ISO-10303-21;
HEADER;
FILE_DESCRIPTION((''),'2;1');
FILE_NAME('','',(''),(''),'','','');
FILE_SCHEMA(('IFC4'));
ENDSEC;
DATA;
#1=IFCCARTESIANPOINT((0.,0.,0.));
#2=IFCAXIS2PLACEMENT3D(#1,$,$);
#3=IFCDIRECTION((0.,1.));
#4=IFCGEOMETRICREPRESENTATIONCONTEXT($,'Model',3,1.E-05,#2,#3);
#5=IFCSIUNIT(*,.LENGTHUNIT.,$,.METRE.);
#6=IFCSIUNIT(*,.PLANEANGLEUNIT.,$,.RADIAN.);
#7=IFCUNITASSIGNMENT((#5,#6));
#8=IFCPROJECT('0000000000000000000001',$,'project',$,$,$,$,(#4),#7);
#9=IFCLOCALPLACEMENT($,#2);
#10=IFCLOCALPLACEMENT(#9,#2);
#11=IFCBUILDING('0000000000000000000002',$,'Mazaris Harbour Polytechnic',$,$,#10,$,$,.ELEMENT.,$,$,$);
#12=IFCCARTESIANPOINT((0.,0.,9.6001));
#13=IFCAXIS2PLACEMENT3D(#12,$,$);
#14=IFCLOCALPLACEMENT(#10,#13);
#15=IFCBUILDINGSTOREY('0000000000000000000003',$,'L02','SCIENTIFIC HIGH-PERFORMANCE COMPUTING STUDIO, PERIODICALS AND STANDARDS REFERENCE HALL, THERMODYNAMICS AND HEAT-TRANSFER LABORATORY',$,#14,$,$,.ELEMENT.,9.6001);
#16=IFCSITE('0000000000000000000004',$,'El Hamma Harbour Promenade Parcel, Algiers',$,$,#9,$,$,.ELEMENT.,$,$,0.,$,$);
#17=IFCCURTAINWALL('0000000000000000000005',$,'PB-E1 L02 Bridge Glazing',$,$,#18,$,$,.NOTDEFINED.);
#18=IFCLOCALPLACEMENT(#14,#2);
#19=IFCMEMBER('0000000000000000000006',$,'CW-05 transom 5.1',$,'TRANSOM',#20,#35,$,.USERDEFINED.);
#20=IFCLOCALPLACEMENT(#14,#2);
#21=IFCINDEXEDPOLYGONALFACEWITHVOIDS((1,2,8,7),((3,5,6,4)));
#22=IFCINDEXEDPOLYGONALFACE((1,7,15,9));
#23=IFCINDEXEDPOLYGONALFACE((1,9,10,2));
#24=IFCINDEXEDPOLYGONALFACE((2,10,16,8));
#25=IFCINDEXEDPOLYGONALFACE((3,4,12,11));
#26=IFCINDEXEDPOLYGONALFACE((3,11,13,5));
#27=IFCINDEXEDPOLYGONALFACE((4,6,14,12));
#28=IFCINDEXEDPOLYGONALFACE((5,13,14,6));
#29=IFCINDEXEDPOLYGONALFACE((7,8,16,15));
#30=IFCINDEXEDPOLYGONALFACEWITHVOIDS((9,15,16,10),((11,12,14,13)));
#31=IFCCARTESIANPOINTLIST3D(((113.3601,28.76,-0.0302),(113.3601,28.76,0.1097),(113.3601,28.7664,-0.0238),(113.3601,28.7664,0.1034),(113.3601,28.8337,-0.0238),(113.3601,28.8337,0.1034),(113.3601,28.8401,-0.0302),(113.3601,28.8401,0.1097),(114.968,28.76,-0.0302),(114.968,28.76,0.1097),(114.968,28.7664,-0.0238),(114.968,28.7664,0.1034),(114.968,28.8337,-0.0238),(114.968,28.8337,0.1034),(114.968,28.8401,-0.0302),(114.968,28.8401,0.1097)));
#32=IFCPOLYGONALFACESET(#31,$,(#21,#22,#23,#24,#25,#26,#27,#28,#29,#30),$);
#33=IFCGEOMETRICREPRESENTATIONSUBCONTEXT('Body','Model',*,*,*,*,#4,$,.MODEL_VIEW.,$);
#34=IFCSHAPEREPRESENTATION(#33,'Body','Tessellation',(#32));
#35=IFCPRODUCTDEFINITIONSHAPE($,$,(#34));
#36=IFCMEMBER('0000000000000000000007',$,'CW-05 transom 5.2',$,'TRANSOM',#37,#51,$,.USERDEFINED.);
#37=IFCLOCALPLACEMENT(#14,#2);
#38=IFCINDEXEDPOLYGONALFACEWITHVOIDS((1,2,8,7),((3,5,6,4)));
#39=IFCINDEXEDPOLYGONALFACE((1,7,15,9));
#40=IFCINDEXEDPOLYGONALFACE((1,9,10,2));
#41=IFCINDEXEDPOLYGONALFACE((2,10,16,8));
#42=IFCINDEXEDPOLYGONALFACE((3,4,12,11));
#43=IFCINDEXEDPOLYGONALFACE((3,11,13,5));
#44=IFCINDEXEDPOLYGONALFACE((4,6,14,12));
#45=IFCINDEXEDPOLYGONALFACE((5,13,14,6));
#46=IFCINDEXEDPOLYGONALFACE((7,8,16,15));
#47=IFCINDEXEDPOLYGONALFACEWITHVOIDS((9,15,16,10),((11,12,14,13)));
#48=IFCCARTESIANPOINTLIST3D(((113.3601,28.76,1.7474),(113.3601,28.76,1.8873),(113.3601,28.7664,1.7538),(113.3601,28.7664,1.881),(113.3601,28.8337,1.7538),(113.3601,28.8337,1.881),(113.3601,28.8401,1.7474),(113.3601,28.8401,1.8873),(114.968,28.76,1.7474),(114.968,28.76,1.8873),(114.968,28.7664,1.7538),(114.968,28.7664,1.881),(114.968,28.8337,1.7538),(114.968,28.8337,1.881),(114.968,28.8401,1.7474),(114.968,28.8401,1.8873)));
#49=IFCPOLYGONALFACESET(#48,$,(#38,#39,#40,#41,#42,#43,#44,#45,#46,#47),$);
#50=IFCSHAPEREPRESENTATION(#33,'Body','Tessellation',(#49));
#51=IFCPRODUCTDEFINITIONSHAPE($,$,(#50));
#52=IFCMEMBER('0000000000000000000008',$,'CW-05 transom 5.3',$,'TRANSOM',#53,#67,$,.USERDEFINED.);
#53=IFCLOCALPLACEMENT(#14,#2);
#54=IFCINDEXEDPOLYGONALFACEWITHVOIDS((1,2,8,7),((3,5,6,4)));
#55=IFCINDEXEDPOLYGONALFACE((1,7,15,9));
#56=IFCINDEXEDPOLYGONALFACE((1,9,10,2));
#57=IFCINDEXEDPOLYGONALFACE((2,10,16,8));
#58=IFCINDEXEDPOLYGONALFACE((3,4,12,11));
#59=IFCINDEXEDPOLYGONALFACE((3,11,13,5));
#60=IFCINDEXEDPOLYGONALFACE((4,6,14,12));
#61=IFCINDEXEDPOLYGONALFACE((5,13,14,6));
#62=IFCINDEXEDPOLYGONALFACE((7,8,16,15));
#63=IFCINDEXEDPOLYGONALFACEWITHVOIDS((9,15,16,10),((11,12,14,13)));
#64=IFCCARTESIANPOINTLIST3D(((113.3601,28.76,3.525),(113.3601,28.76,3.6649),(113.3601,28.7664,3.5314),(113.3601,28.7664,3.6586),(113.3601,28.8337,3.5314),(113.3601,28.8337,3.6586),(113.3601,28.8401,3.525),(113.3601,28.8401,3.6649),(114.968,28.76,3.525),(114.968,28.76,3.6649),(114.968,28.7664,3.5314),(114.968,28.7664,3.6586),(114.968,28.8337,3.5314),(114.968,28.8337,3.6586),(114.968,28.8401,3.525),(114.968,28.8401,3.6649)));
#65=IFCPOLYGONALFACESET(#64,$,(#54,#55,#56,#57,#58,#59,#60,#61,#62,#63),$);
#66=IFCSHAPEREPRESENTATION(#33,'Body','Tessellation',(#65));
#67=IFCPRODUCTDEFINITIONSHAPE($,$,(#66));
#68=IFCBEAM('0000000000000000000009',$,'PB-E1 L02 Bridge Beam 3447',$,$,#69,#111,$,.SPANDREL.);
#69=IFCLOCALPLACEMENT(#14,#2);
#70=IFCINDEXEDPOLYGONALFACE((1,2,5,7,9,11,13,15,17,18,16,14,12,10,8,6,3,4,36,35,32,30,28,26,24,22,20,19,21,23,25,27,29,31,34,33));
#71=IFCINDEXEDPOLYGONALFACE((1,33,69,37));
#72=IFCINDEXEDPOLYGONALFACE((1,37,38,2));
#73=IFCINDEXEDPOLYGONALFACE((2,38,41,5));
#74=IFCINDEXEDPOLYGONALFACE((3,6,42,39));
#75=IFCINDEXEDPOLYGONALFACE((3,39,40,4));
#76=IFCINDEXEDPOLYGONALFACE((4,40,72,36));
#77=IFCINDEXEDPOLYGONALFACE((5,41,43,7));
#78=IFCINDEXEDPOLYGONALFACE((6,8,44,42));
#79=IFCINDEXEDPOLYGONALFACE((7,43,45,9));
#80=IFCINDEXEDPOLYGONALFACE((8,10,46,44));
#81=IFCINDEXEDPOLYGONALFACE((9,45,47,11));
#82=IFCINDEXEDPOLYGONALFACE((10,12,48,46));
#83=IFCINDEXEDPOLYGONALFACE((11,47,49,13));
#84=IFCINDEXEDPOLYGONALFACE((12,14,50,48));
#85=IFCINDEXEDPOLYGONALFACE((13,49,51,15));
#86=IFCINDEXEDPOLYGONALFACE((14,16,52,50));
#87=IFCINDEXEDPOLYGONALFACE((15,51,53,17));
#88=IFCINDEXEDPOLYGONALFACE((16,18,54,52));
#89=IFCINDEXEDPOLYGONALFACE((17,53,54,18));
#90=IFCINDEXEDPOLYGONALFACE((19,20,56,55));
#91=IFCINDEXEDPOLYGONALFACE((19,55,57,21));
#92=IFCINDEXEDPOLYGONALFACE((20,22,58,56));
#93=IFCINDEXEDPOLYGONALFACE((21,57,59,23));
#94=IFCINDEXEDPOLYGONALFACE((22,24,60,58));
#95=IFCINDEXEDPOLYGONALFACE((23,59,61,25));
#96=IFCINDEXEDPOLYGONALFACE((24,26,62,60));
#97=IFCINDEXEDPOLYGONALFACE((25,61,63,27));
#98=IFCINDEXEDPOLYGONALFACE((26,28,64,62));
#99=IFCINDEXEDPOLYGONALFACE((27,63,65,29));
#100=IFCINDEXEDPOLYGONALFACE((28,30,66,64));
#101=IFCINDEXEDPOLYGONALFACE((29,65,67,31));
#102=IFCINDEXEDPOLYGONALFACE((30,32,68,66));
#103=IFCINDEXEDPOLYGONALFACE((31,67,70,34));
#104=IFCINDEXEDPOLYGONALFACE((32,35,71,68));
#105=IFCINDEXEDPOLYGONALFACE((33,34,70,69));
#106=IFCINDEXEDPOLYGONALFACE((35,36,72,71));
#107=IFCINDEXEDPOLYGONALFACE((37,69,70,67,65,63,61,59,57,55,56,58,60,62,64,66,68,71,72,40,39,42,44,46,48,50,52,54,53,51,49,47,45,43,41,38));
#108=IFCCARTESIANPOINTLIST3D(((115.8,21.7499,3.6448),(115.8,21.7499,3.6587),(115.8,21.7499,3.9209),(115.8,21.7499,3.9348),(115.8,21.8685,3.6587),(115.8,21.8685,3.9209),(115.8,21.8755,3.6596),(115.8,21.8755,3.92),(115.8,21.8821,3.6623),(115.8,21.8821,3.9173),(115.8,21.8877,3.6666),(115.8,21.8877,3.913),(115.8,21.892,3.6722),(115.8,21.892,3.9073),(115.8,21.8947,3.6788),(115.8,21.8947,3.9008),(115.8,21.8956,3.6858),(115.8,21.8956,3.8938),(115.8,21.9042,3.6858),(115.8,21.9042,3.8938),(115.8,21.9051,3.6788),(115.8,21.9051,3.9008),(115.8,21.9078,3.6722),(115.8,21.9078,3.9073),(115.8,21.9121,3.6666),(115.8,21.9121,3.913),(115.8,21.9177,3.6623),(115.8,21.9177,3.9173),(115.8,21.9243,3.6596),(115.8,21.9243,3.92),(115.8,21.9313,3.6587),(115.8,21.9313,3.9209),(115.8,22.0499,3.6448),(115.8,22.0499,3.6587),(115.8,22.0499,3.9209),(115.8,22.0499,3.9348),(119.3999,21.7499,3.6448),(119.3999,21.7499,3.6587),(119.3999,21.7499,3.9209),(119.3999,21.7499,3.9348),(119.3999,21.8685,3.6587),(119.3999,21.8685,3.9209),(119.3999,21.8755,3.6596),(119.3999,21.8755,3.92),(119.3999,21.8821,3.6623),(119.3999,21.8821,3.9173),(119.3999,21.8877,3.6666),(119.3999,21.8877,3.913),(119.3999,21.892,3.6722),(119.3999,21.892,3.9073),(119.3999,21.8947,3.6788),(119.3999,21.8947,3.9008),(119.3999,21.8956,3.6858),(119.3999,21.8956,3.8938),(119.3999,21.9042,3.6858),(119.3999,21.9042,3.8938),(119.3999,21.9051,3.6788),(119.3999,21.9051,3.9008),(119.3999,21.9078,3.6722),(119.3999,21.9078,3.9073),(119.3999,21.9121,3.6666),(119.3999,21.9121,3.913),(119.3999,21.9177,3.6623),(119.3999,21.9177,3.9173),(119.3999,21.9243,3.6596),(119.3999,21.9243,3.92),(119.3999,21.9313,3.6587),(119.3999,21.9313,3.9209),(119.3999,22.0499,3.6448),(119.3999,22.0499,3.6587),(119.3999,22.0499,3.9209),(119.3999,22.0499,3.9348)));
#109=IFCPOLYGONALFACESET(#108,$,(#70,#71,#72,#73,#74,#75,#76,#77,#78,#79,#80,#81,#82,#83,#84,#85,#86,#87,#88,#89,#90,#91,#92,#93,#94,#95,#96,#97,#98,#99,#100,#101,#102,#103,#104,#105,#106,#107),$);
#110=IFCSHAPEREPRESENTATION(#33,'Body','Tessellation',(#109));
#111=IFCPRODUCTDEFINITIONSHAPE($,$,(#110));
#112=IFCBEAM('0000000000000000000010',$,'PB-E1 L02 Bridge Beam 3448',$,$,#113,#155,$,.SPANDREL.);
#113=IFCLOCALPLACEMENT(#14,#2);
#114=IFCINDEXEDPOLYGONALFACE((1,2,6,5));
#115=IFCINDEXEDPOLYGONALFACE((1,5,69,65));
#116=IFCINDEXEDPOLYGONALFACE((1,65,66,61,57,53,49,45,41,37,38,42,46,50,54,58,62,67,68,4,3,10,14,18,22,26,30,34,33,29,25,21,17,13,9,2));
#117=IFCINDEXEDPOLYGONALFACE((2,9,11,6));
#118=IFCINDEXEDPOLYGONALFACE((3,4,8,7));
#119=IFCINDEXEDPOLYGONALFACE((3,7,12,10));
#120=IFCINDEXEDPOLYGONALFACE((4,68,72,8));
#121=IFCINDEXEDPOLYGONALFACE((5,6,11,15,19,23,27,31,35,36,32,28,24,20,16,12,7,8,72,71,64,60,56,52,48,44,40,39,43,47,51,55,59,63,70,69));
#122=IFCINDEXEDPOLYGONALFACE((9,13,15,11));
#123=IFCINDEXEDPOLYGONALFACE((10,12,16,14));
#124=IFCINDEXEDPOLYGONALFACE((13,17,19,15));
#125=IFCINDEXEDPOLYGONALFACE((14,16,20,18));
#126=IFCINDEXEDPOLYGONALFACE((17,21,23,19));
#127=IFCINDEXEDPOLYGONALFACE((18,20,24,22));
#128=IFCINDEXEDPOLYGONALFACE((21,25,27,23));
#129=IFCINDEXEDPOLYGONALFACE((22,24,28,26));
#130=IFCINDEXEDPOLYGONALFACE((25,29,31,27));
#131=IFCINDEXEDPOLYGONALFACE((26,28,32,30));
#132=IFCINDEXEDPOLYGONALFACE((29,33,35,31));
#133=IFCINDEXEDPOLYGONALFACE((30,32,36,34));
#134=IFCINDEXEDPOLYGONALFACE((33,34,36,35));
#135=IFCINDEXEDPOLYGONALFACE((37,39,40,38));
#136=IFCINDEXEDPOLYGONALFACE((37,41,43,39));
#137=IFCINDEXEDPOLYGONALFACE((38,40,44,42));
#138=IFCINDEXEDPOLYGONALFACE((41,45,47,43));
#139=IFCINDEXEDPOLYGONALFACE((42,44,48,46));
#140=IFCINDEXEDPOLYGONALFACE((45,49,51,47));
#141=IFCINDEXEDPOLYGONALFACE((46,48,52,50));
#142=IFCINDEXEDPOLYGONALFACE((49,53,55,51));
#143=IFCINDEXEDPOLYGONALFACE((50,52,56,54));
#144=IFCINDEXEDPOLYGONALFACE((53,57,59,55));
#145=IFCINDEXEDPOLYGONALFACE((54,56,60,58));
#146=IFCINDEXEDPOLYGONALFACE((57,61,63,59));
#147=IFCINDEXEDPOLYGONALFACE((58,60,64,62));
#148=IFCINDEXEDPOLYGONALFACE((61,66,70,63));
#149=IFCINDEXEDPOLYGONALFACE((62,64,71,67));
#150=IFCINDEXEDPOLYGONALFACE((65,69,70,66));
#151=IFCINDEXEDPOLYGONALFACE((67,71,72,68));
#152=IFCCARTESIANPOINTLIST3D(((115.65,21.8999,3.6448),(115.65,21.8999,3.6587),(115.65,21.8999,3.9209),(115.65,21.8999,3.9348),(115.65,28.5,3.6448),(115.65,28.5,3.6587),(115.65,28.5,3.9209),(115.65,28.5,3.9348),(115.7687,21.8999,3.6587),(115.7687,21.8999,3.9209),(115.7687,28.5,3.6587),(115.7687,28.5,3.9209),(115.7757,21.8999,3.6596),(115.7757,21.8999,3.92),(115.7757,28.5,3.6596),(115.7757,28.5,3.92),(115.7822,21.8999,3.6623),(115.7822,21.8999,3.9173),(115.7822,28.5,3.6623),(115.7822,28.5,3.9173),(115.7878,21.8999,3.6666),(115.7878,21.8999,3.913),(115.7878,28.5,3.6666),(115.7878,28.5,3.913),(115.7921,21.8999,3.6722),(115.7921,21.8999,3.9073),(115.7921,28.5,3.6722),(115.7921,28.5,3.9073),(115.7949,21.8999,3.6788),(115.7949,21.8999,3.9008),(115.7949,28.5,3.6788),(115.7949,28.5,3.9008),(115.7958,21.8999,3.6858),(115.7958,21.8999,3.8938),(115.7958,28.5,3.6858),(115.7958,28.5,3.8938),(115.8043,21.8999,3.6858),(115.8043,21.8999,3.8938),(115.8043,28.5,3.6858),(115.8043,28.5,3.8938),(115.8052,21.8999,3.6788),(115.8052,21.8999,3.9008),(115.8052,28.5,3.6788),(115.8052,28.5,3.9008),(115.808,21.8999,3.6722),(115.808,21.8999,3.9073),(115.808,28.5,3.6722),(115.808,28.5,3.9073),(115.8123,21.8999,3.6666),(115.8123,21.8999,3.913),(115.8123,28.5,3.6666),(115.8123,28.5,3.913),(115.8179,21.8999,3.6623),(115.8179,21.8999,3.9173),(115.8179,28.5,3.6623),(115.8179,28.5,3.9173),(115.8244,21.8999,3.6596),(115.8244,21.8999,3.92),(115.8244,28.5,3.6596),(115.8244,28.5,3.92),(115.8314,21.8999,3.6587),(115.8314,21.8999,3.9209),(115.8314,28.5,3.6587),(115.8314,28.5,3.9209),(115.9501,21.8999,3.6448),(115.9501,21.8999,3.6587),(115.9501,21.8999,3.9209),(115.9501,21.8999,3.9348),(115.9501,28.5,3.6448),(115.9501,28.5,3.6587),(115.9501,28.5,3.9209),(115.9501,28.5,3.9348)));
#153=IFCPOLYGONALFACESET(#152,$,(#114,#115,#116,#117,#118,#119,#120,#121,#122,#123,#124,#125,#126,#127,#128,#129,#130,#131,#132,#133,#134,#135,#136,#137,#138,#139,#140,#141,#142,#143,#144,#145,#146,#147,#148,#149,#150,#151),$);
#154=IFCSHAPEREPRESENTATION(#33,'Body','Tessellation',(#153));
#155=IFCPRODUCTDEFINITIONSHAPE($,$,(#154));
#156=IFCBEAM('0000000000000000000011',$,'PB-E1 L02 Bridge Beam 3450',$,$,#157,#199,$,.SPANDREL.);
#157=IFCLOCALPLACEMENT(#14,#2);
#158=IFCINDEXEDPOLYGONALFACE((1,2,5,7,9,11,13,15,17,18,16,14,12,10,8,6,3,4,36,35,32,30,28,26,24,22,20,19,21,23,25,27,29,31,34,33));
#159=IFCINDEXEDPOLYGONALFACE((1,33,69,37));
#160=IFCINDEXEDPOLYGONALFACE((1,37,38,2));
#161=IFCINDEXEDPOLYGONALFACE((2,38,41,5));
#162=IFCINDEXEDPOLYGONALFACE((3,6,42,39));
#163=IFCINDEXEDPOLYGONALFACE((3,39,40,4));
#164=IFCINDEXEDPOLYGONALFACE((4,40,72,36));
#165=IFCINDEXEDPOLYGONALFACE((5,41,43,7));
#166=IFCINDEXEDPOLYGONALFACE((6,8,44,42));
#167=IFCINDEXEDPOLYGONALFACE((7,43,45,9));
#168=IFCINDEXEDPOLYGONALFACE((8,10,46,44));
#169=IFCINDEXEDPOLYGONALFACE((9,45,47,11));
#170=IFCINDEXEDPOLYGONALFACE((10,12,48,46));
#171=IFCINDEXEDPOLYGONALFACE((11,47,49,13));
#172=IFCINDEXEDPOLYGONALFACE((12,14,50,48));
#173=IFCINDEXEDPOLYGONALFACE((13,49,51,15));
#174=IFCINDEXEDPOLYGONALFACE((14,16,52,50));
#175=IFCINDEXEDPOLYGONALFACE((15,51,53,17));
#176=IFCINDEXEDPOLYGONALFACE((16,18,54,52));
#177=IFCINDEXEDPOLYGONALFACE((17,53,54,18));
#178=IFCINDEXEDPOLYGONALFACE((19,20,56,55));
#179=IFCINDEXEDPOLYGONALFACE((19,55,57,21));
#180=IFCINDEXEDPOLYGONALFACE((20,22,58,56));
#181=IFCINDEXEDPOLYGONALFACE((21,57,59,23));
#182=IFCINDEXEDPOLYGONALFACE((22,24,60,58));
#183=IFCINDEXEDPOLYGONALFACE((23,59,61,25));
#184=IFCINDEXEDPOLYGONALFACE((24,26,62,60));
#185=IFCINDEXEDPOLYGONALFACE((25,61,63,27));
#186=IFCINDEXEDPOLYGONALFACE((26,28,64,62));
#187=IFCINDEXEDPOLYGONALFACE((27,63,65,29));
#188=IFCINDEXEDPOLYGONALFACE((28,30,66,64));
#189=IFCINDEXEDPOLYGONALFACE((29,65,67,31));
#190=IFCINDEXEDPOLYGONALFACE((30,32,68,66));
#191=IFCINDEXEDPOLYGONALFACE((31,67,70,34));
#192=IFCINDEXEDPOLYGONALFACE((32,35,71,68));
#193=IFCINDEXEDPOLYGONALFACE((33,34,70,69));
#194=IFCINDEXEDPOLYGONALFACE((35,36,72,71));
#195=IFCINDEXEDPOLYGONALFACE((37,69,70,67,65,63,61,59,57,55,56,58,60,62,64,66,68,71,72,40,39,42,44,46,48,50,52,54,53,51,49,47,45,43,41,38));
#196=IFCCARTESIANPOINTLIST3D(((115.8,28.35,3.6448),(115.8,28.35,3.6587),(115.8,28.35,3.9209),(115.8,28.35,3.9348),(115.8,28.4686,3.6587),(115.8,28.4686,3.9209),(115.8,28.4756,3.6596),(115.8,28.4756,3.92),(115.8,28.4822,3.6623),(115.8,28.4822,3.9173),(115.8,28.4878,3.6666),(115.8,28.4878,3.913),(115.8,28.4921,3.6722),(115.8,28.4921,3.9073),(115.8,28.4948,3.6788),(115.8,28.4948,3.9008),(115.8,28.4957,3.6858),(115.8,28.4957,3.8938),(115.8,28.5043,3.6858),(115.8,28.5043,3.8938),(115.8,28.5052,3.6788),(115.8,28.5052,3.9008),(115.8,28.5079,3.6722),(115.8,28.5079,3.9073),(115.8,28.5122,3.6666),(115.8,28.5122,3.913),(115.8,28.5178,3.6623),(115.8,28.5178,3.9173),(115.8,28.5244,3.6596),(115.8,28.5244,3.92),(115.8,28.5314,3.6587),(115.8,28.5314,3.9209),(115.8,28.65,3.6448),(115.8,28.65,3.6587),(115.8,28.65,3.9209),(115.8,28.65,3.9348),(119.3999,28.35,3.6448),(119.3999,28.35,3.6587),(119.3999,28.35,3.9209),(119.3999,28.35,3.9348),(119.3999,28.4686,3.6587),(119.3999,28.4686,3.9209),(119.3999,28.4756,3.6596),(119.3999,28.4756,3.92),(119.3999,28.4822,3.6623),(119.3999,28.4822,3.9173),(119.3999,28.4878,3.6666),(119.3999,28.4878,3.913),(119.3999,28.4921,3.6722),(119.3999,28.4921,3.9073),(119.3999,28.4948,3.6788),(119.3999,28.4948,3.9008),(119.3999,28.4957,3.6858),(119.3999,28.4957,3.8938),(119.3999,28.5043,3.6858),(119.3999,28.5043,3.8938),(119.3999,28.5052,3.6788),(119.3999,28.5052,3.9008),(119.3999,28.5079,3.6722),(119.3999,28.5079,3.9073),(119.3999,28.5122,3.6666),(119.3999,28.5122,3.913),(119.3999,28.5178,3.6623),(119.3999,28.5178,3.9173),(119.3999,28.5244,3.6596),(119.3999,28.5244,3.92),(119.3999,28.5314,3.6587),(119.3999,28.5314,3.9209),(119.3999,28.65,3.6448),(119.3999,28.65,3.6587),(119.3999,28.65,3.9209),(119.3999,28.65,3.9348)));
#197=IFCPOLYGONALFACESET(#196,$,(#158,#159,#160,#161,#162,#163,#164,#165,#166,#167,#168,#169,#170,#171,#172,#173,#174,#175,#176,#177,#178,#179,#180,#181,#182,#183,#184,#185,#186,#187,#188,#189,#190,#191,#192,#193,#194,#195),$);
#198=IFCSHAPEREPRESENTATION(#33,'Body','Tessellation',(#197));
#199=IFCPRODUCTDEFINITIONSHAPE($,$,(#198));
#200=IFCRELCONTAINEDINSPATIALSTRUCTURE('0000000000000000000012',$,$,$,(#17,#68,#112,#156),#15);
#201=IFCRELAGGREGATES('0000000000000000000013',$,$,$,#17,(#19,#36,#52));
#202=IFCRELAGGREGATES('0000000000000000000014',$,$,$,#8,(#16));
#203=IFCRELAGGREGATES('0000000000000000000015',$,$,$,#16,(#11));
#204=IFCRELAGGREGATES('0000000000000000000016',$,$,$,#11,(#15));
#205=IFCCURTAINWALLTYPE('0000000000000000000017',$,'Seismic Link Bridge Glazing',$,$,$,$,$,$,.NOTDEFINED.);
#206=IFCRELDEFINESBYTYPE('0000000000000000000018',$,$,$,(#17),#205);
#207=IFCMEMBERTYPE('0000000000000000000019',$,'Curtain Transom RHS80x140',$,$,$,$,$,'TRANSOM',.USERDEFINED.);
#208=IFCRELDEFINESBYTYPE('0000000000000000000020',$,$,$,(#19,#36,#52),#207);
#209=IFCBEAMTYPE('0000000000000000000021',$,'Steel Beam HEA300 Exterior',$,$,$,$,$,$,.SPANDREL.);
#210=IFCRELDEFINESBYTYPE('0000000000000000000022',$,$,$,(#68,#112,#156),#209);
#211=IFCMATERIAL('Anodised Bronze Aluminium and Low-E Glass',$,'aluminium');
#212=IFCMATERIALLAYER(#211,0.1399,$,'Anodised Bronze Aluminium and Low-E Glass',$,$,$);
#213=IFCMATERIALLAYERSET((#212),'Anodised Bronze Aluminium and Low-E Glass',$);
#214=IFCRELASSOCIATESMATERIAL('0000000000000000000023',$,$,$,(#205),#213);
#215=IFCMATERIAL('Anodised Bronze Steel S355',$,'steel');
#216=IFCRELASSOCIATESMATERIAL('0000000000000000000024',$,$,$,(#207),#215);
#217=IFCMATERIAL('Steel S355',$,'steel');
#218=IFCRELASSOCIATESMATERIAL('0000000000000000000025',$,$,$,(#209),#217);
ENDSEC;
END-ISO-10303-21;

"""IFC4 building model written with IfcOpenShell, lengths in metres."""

from ifc_helpers import new_model, si_unit, direction, frame, origin, origin_2d, place, context, subcontext, project, spatial, hollow_rectangle, i_section, extrude, material, layer, layer_set, material_profile, profile_set, type_object, element, aggregate, save


model = new_model("IFC4")

# Units and contexts
model_context = context("Model", 3, precision=1e-05, world=origin(), true_north=direction((0.0, 1.0)))
body_context = subcontext(model_context, "Body", "Model", "MODEL_VIEW")
ifc_project = project(units=[si_unit("LENGTHUNIT", "METRE"), si_unit("PLANEANGLEUNIT", "RADIAN")], contexts=[model_context])

# Site, building, storey
site_placement = place(None, origin())
site = spatial("IfcSite", under=ifc_project, at=site_placement, Name="El Hamma Harbour Promenade Parcel, Algiers", CompositionType="ELEMENT", RefElevation=0.0)
building_placement = place(site_placement, origin())
building = spatial("IfcBuilding", under=site, at=building_placement, Name="Mazaris Harbour Polytechnic", CompositionType="ELEMENT")
storey_placement = place(building_placement, frame((0.0, 0.0, 9.6001)))
storey = spatial("IfcBuildingStorey", under=building, at=storey_placement, Name="L02", Description="SCIENTIFIC HIGH-PERFORMANCE COMPUTING STUDIO, PERIODICALS AND STANDARDS REFERENCE HALL, THERMODYNAMICS AND HEAT-TRANSFER LABORATORY", CompositionType="ELEMENT", Elevation=9.6001)

# Curtain wall
ifc_material_1 = material(Name="Anodised Bronze Aluminium and Low-E Glass", Category="aluminium")
ifc_layer_1 = layer(ifc_material_1, 0.1399, Name="Anodised Bronze Aluminium and Low-E Glass")
ifc_layer_set_1 = layer_set([ifc_layer_1], Name="Anodised Bronze Aluminium and Low-E Glass")
curtain_wall_type = type_object("IfcCurtainWallType", Name="Seismic Link Bridge Glazing", PredefinedType="NOTDEFINED", material=ifc_layer_set_1)
curtain_wall_1_placement = place(storey_placement, origin())
curtain_wall_1 = element("IfcCurtainWall", 1, at=curtain_wall_1_placement, inside=storey, type_object=curtain_wall_type, Name="PB-E1 L02 Bridge Glazing", PredefinedType="NOTDEFINED")

# Members
ifc_material_2 = material(Name="Anodised Bronze Steel S355", Category="steel")
ifc_material_profile_1 = material_profile(ifc_material_2, hollow_rectangle(XDim=0.0801, YDim=0.1399, WallThickness=0.0063, at=origin_2d()), Name="RHS 80x140x6.3")
ifc_profile_set_1 = profile_set([ifc_material_profile_1], Name="Anodised Bronze Steel S355")
member_type_1 = type_object("IfcMemberType", Name="Curtain Transom RHS80x140", ElementType="TRANSOM", PredefinedType="USERDEFINED", material=ifc_profile_set_1)
member_1_placement = place(storey_placement, frame((114.968, 28.8, 0.0398), z_axis=(-1.0, 0.0, 0.0), x_axis=(0.0, -1.0, 0.0)))
member_1 = element("IfcMember", 2, at=member_1_placement, type_object=member_type_1, Name="CW-05 transom 5.1", ObjectType="TRANSOM", PredefinedType="USERDEFINED", context=body_context, shape_type="SweptSolid", body=[
    extrude(hollow_rectangle(XDim=0.0801, YDim=0.1399, WallThickness=0.0063, at=origin_2d()), origin(), (0.0, 0.0, 1.0), 1.6079),
])
member_2_placement = place(storey_placement, frame((114.968, 28.8, 1.8174), z_axis=(-1.0, 0.0, 0.0), x_axis=(0.0, -1.0, 0.0)))
member_2 = element("IfcMember", 3, at=member_2_placement, type_object=member_type_1, Name="CW-05 transom 5.2", ObjectType="TRANSOM", PredefinedType="USERDEFINED", context=body_context, shape_type="SweptSolid", body=[
    extrude(hollow_rectangle(XDim=0.0801, YDim=0.1399, WallThickness=0.0063, at=origin_2d()), origin(), (0.0, 0.0, 1.0), 1.6079),
])
member_3_placement = place(storey_placement, frame((114.968, 28.8, 3.595), z_axis=(-1.0, 0.0, 0.0), x_axis=(0.0, -1.0, 0.0)))
member_3 = element("IfcMember", 4, at=member_3_placement, type_object=member_type_1, Name="CW-05 transom 5.3", ObjectType="TRANSOM", PredefinedType="USERDEFINED", context=body_context, shape_type="SweptSolid", body=[
    extrude(hollow_rectangle(XDim=0.0801, YDim=0.1399, WallThickness=0.0063, at=origin_2d()), origin(), (0.0, 0.0, 1.0), 1.6079),
])

# Beams
ifc_material_3 = material(Name="Steel S355", Category="steel")
ifc_material_profile_2 = material_profile(ifc_material_3, i_section(OverallWidth=0.3, OverallDepth=0.29, WebThickness=0.0085, FlangeThickness=0.0139, FilletRadius=0.0271, at=origin_2d()), Name="HEA 300")
ifc_profile_set_2 = profile_set([ifc_material_profile_2], Name="Steel S355")
beam_type = type_object("IfcBeamType", Name="Steel Beam HEA300 Exterior", PredefinedType="SPANDREL", material=ifc_profile_set_2)
beam_1_placement = place(storey_placement, frame((115.8, 21.8999, 3.7898), z_axis=(1.0, 0.0, 0.0), x_axis=(0.0, 1.0, 0.0)))
element("IfcBeam", 5, at=beam_1_placement, inside=storey, type_object=beam_type, Name="PB-E1 L02 Bridge Beam 3447", PredefinedType="SPANDREL", context=body_context, shape_type="SweptSolid", body=[
    extrude(i_section(OverallWidth=0.3, OverallDepth=0.29, WebThickness=0.0085, FlangeThickness=0.0139, FilletRadius=0.0271, at=origin_2d()), origin(), (0.0, 0.0, 1.0), 3.5999),
])
beam_2_placement = place(storey_placement, frame((115.8, 21.8999, 3.7898), z_axis=(0.0, 1.0, 0.0), x_axis=(-1.0, 0.0, 0.0)))
element("IfcBeam", 6, at=beam_2_placement, inside=storey, type_object=beam_type, Name="PB-E1 L02 Bridge Beam 3448", PredefinedType="SPANDREL", context=body_context, shape_type="SweptSolid", body=[
    extrude(i_section(OverallWidth=0.3, OverallDepth=0.29, WebThickness=0.0085, FlangeThickness=0.0139, FilletRadius=0.0271, at=origin_2d()), origin(), (0.0, 0.0, 1.0), 6.6001),
])
beam_3_placement = place(storey_placement, frame((115.8, 28.5, 3.7898), z_axis=(1.0, 0.0, 0.0), x_axis=(0.0, 1.0, 0.0)))
element("IfcBeam", 7, at=beam_3_placement, inside=storey, type_object=beam_type, Name="PB-E1 L02 Bridge Beam 3450", PredefinedType="SPANDREL", context=body_context, shape_type="SweptSolid", body=[
    extrude(i_section(OverallWidth=0.3, OverallDepth=0.29, WebThickness=0.0085, FlangeThickness=0.0139, FilletRadius=0.0271, at=origin_2d()), origin(), (0.0, 0.0, 1.0), 3.5999),
])

aggregate(curtain_wall_1, [member_1, member_2, member_3])

save(model, "model.ifc")
